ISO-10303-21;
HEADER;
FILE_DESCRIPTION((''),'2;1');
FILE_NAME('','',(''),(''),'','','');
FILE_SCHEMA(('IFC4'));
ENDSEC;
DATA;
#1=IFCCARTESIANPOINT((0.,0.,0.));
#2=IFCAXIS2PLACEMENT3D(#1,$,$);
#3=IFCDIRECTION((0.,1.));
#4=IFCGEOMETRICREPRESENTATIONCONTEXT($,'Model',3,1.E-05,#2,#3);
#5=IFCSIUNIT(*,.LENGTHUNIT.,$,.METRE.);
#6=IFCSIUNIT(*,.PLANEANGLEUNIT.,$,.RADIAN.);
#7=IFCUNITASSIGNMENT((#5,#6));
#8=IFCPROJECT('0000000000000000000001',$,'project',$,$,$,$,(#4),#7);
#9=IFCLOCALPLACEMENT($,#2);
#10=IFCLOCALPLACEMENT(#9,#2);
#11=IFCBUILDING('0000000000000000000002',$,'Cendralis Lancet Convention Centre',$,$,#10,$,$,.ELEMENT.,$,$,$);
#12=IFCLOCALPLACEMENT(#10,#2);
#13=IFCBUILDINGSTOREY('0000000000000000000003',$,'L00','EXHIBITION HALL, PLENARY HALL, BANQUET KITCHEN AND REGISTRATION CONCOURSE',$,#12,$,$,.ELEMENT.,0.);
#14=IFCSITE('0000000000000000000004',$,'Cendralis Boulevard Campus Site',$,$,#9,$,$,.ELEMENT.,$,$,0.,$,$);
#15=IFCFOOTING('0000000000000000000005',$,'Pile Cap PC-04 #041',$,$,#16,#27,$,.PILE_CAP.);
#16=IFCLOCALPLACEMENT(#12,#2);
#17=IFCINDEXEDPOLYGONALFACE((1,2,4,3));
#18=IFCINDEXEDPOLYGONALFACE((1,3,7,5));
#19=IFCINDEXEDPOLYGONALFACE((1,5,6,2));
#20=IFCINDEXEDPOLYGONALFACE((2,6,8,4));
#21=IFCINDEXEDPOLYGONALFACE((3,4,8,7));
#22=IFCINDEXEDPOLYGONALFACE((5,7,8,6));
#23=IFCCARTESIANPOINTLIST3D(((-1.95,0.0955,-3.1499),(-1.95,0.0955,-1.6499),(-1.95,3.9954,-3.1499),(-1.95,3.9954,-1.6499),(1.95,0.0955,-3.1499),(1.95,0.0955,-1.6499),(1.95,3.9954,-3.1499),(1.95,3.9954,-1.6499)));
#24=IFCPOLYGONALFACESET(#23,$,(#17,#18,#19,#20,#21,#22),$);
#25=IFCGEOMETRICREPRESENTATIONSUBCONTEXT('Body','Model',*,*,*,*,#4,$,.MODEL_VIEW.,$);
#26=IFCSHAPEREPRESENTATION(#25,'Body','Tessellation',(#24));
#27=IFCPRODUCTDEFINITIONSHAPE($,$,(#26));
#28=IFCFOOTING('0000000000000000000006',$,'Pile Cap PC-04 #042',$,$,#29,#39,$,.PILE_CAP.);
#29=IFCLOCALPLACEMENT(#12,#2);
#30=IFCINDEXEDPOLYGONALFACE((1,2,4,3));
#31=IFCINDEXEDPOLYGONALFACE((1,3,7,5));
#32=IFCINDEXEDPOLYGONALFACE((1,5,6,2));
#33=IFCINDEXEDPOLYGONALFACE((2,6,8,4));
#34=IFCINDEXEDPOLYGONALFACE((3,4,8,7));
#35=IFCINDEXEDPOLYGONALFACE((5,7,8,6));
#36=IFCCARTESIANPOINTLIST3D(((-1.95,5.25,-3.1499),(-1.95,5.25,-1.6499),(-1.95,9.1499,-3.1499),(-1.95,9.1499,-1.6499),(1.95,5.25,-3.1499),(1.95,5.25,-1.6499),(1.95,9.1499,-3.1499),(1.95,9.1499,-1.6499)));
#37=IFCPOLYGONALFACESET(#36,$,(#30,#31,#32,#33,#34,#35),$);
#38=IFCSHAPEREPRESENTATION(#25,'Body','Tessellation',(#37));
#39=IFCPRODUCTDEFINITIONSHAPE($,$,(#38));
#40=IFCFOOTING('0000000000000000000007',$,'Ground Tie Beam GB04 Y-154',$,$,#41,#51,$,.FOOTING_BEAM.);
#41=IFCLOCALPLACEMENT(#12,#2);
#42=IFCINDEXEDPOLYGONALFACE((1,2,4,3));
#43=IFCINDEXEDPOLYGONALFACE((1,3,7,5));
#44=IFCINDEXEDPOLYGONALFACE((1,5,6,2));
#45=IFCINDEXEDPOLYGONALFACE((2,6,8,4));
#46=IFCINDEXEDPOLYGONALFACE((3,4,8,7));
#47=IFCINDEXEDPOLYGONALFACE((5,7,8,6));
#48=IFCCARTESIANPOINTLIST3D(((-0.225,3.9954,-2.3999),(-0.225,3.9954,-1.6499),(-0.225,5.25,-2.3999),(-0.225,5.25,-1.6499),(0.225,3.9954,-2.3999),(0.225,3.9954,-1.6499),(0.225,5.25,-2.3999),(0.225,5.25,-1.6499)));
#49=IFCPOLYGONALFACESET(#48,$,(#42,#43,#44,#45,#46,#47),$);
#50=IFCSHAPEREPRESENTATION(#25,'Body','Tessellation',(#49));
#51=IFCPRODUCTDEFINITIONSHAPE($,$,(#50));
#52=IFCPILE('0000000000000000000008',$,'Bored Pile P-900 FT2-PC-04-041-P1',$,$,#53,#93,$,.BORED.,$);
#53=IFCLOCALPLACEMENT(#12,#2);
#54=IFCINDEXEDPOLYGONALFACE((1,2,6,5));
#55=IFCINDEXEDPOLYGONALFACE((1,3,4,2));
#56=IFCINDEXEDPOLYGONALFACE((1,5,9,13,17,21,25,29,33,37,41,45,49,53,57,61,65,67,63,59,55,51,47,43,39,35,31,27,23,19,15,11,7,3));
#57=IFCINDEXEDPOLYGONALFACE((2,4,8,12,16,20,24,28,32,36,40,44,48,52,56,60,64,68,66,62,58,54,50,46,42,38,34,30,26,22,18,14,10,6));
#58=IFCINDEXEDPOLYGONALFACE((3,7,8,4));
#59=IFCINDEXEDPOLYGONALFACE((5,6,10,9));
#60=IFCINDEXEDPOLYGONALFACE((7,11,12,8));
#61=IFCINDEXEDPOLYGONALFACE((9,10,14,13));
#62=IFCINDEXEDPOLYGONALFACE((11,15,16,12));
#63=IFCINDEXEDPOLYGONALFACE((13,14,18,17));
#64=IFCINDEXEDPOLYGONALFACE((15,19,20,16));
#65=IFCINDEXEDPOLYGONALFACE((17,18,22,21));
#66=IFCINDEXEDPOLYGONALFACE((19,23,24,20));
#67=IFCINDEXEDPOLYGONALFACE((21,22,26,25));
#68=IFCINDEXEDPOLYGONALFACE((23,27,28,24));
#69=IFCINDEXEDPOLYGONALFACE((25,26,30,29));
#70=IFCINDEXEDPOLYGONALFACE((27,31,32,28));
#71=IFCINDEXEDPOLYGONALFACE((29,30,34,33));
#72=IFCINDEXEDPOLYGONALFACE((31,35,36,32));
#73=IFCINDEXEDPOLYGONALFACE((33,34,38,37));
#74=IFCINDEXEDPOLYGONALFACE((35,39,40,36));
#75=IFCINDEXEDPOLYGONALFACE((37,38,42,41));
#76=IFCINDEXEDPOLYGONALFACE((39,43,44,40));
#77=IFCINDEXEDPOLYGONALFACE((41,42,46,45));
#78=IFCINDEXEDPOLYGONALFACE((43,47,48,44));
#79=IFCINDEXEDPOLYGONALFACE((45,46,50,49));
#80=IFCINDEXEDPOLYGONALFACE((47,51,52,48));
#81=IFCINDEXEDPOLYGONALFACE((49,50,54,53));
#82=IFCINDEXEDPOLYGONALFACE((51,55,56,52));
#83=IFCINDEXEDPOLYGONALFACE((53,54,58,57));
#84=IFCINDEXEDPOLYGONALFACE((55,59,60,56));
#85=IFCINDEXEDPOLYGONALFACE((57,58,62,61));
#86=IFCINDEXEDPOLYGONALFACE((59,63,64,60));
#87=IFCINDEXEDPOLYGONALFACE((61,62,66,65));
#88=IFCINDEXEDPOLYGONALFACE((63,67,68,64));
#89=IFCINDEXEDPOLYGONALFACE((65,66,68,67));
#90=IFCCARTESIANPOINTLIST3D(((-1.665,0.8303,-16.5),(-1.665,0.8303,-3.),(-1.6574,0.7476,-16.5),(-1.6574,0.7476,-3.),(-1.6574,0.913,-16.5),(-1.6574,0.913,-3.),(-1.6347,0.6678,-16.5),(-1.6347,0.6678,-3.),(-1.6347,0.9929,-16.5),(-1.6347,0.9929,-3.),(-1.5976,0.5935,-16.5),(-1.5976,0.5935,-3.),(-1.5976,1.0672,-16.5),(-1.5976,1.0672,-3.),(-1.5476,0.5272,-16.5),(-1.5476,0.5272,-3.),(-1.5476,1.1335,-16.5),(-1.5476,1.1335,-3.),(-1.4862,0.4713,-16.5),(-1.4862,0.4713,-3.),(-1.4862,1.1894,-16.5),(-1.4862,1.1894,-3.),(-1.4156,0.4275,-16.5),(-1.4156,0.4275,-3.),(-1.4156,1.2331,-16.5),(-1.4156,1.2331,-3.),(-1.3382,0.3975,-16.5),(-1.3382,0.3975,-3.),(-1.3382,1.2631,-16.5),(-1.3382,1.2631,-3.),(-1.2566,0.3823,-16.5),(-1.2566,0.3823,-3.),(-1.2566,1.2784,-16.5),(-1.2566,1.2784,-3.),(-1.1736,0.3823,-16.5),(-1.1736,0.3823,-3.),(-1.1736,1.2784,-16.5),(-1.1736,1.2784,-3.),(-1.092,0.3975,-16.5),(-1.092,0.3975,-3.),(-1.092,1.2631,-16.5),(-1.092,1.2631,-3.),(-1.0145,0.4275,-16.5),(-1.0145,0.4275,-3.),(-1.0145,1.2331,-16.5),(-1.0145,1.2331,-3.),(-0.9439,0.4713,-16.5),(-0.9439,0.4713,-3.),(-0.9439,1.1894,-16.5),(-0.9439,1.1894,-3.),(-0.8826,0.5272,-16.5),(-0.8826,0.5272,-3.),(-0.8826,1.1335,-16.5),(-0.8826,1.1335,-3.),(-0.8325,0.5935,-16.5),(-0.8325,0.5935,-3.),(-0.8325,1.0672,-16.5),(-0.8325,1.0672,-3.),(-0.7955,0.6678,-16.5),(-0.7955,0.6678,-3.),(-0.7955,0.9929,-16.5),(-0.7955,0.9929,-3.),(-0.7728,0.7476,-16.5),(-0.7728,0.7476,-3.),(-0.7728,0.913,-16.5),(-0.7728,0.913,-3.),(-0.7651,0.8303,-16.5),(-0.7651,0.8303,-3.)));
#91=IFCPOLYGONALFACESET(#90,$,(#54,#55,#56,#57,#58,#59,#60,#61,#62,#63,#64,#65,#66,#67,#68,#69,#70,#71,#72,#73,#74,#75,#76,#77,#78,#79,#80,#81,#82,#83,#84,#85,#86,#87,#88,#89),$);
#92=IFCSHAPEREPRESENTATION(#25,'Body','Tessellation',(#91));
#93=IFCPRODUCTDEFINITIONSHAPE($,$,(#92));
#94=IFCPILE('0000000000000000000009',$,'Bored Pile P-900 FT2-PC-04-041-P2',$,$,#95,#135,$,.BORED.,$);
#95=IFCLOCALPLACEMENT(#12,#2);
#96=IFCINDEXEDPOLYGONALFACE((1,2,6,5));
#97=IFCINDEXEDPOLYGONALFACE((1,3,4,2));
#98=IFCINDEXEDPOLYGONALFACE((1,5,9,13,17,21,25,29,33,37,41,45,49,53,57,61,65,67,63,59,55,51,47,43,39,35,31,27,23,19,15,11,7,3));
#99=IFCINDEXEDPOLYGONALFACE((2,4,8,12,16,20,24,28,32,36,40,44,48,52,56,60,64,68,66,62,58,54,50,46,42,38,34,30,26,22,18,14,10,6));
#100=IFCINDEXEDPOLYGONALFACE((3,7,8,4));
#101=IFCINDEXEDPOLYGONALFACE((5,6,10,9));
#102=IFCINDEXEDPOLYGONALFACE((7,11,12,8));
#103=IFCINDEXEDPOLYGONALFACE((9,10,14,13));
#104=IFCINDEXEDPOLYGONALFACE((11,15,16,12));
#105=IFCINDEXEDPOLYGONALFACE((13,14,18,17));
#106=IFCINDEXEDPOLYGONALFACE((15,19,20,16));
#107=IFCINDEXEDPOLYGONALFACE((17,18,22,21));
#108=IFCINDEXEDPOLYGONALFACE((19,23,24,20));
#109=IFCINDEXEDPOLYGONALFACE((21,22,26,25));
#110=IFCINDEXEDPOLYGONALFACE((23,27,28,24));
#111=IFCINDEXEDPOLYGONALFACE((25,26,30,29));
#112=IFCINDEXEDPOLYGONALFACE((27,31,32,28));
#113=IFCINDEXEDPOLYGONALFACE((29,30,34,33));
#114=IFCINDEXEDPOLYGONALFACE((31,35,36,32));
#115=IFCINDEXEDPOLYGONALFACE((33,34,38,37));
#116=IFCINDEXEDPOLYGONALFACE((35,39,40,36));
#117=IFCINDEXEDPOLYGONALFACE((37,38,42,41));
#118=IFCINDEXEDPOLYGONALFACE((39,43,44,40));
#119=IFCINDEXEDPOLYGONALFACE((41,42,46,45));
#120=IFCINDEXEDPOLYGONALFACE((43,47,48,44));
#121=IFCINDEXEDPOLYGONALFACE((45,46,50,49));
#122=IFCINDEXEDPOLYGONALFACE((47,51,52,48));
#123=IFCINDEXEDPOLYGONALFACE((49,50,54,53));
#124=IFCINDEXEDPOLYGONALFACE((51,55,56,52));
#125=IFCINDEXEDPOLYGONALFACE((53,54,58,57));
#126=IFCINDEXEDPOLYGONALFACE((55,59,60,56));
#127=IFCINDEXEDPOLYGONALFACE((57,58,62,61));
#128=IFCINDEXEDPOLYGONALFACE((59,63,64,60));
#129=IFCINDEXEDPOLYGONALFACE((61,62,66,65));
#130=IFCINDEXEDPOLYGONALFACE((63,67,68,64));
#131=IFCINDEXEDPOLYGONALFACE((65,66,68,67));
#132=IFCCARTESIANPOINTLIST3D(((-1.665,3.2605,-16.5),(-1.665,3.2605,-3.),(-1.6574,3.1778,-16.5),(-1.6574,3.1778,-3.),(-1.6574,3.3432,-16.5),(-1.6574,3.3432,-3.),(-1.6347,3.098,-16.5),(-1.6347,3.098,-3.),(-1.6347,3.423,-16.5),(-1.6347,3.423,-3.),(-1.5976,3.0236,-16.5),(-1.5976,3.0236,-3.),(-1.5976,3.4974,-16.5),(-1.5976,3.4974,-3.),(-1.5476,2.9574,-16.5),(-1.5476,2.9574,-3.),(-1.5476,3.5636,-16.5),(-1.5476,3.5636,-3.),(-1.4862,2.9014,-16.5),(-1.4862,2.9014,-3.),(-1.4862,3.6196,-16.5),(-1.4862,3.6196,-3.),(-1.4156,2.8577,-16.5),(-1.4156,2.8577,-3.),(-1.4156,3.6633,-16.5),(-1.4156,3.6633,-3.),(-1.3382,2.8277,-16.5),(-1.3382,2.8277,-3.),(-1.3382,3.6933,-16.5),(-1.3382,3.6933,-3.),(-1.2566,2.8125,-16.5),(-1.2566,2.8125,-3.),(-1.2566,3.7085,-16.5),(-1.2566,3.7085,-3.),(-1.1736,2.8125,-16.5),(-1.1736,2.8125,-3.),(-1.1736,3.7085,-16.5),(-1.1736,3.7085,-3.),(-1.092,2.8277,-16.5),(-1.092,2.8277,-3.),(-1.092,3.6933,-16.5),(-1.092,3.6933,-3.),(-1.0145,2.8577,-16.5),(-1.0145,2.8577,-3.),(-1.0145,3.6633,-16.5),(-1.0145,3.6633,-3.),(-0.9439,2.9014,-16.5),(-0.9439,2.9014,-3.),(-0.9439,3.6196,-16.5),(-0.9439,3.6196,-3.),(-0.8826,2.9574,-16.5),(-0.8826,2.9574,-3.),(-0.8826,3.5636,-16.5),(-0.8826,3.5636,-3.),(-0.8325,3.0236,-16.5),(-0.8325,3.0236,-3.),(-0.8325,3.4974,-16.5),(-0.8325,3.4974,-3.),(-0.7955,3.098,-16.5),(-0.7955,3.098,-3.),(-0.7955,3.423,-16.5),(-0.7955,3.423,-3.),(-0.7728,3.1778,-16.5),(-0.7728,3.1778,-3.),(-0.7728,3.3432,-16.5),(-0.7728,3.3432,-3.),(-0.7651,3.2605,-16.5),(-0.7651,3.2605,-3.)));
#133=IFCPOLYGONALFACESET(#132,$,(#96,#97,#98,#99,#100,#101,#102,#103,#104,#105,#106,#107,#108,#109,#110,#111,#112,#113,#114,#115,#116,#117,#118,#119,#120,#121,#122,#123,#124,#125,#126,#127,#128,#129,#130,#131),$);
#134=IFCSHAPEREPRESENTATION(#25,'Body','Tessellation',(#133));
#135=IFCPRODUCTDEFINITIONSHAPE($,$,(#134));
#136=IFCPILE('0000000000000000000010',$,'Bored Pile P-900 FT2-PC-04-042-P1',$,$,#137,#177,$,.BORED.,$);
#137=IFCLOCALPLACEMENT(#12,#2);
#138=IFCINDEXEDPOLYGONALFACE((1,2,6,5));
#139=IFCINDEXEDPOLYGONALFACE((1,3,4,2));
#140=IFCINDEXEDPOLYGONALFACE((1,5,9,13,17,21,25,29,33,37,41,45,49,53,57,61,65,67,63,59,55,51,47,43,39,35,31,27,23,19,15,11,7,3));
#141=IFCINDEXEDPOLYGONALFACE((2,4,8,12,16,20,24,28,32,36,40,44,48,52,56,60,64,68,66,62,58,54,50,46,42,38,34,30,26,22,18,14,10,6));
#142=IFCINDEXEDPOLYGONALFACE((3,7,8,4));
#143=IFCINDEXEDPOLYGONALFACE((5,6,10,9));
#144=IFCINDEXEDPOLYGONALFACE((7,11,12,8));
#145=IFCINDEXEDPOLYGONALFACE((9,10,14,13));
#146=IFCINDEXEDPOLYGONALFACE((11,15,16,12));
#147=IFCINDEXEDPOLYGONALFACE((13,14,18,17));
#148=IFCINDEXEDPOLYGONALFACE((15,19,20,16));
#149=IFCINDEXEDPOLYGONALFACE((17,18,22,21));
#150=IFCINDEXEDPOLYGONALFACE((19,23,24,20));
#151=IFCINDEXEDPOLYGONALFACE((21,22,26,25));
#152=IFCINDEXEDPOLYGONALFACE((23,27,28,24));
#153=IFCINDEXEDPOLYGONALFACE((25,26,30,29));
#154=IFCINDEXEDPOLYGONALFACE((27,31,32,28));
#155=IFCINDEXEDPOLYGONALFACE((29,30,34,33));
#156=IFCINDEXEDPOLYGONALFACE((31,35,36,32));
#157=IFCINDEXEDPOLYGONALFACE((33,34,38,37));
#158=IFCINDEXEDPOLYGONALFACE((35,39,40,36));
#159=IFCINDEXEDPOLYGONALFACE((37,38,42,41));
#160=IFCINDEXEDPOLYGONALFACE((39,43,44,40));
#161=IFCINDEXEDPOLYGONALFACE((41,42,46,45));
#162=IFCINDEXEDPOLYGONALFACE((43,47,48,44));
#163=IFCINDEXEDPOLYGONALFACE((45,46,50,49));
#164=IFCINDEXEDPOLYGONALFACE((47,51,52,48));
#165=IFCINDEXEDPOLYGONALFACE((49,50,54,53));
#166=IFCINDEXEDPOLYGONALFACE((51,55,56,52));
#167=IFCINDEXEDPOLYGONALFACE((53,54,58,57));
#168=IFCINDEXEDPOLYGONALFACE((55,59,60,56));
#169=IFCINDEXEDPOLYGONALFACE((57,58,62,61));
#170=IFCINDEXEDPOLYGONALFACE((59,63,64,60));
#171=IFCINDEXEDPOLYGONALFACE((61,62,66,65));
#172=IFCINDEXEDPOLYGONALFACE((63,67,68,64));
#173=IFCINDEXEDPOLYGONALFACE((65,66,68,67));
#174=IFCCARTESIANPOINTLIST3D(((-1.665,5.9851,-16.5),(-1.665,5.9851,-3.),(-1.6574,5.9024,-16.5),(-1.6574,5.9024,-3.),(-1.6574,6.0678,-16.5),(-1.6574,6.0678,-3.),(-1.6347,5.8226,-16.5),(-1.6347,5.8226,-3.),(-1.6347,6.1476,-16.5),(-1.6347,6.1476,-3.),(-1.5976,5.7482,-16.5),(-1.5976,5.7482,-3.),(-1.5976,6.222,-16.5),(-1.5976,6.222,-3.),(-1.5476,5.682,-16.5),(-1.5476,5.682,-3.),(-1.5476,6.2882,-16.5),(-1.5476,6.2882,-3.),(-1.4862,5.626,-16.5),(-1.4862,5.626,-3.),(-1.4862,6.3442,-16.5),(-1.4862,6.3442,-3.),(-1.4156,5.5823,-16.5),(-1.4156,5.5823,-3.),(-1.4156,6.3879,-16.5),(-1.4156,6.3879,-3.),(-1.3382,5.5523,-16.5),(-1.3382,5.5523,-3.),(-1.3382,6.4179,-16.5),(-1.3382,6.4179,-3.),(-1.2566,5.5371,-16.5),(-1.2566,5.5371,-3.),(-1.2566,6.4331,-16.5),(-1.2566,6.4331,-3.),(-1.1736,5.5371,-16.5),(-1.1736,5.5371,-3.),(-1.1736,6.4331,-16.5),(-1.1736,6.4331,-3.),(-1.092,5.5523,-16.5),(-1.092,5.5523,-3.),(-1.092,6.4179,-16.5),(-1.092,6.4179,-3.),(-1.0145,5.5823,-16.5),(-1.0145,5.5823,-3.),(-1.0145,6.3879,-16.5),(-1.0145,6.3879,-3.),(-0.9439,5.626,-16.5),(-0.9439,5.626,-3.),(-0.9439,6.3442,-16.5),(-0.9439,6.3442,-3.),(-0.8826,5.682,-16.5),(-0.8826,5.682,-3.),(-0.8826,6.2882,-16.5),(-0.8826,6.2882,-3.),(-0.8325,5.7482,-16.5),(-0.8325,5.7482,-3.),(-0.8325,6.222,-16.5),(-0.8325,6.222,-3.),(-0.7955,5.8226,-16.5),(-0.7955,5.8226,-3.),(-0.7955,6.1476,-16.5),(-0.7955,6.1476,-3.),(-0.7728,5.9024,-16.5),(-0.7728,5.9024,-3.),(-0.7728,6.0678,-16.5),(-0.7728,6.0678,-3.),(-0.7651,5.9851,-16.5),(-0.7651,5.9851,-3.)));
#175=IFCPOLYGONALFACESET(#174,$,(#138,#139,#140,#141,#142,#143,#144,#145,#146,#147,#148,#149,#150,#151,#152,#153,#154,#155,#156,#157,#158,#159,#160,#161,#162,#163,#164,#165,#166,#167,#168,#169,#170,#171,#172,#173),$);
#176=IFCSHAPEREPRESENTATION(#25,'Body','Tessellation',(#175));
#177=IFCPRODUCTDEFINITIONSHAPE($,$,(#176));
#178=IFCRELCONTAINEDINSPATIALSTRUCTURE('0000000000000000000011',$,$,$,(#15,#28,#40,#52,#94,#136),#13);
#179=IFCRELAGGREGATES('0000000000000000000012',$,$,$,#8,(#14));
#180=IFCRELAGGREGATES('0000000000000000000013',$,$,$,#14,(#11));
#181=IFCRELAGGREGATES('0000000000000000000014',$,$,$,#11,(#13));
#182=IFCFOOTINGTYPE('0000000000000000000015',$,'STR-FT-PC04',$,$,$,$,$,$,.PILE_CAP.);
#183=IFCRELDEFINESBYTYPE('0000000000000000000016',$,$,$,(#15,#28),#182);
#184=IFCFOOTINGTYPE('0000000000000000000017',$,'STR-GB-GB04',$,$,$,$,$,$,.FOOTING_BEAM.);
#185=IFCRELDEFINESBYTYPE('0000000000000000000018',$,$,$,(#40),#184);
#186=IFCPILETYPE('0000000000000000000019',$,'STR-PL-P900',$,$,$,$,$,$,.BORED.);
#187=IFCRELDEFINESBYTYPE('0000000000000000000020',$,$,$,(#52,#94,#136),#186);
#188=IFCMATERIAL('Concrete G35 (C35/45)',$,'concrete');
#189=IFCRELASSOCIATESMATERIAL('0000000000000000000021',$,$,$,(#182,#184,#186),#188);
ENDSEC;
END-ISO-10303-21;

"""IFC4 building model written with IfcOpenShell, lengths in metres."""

from ifc_helpers import new_model, si_unit, direction, frame, origin, origin_2d, place, context, subcontext, project, spatial, rectangle, circle, extrude, material, material_profile, profile_set, type_object, element, save


model = new_model("IFC4")

# Units and contexts
model_context = context("Model", 3, precision=1e-05, world=origin(), true_north=direction((0.0, 1.0)))
body_context = subcontext(model_context, "Body", "Model", "MODEL_VIEW")
ifc_project = project(units=[si_unit("LENGTHUNIT", "METRE"), si_unit("PLANEANGLEUNIT", "RADIAN")], contexts=[model_context])

# Site, building, storey
site_placement = place(None, origin())
site = spatial("IfcSite", under=ifc_project, at=site_placement, Name="Cendralis Boulevard Campus Site", CompositionType="ELEMENT", RefElevation=0.0)
building_placement = place(site_placement, origin())
building = spatial("IfcBuilding", under=site, at=building_placement, Name="Cendralis Lancet Convention Centre", CompositionType="ELEMENT")
storey_placement = place(building_placement, origin())
storey = spatial("IfcBuildingStorey", under=building, at=storey_placement, Name="L00", Description="EXHIBITION HALL, PLENARY HALL, BANQUET KITCHEN AND REGISTRATION CONCOURSE", CompositionType="ELEMENT", Elevation=0.0)

# Footings
ifc_material_1 = material(Name="Concrete G35 (C35/45)", Category="concrete")
footing_type_1 = type_object("IfcFootingType", Name="STR-FT-PC04", PredefinedType="PILE_CAP", material=ifc_material_1)
for number, where, z_axis, x_axis, name in (
    (1, (0.0, 2.0454, -3.1499), (0.0, 0.0, 1.0), (1.0, 0.0, 0.0), "Pile Cap PC-04 #041"),
    (2, (0.0, 7.2, -3.1499), (0.0, 0.0, 1.0), (1.0, 0.0, 0.0), "Pile Cap PC-04 #042"),
):
    element("IfcFooting", number, at=place(storey_placement, frame(where, z_axis=z_axis, x_axis=x_axis)), inside=storey, type_object=footing_type_1, Name=name, PredefinedType="PILE_CAP", context=body_context, shape_type="SweptSolid", body=[
        extrude(rectangle(XDim=3.8999, YDim=3.8999, at=origin_2d()), origin(), (0.0, 0.0, 1.0), 1.5),
    ])
ifc_material_profile_1 = material_profile(ifc_material_1, rectangle(XDim=0.45, YDim=0.75, at=origin_2d()), Name="RCB 450x750")
ifc_profile_set_1 = profile_set([ifc_material_profile_1], Name="Concrete G35 (C35/45)")
footing_type_2 = type_object("IfcFootingType", Name="STR-GB-GB04", PredefinedType="FOOTING_BEAM", material=ifc_profile_set_1)
footing_placement = place(storey_placement, frame((0.0, 3.9954, -2.0249), z_axis=(0.0, 1.0, 0.0), x_axis=(-1.0, 0.0, 0.0)))
element("IfcFooting", 3, at=footing_placement, inside=storey, type_object=footing_type_2, Name="Ground Tie Beam GB04 Y-154", PredefinedType="FOOTING_BEAM", context=body_context, shape_type="SweptSolid", body=[
    extrude(rectangle(XDim=0.45, YDim=0.75, at=origin_2d()), origin(), (0.0, 0.0, 1.0), 1.2546),
])

# Piles
ifc_material_profile_2 = material_profile(ifc_material_1, circle(Radius=0.45, at=origin_2d()), Name="BORED PILE D900")
ifc_profile_set_2 = profile_set([ifc_material_profile_2], Name="Concrete G35 (C35/45)")
pile_type = type_object("IfcPileType", Name="STR-PL-P900", PredefinedType="BORED", material=ifc_profile_set_2)
for number, where, z_axis, x_axis, name in (
    (4, (-1.2151, 0.8303, -3.0), (0.0, 0.0, -1.0), (1.0, 0.0, 0.0), "Bored Pile P-900 FT2-PC-04-041-P1"),
    (5, (-1.2151, 3.2605, -3.0), (0.0, 0.0, -1.0), (1.0, 0.0, 0.0), "Bored Pile P-900 FT2-PC-04-041-P2"),
    (6, (-1.2151, 5.9851, -3.0), (0.0, 0.0, -1.0), (1.0, 0.0, 0.0), "Bored Pile P-900 FT2-PC-04-042-P1"),
):
    element("IfcPile", number, at=place(storey_placement, frame(where, z_axis=z_axis, x_axis=x_axis)), inside=storey, type_object=pile_type, Name=name, PredefinedType="BORED", context=body_context, shape_type="SweptSolid", body=[
        extrude(circle(Radius=0.45, at=origin_2d()), origin(), (0.0, 0.0, 1.0), 13.5),
    ])

save(model, "model.ifc")
